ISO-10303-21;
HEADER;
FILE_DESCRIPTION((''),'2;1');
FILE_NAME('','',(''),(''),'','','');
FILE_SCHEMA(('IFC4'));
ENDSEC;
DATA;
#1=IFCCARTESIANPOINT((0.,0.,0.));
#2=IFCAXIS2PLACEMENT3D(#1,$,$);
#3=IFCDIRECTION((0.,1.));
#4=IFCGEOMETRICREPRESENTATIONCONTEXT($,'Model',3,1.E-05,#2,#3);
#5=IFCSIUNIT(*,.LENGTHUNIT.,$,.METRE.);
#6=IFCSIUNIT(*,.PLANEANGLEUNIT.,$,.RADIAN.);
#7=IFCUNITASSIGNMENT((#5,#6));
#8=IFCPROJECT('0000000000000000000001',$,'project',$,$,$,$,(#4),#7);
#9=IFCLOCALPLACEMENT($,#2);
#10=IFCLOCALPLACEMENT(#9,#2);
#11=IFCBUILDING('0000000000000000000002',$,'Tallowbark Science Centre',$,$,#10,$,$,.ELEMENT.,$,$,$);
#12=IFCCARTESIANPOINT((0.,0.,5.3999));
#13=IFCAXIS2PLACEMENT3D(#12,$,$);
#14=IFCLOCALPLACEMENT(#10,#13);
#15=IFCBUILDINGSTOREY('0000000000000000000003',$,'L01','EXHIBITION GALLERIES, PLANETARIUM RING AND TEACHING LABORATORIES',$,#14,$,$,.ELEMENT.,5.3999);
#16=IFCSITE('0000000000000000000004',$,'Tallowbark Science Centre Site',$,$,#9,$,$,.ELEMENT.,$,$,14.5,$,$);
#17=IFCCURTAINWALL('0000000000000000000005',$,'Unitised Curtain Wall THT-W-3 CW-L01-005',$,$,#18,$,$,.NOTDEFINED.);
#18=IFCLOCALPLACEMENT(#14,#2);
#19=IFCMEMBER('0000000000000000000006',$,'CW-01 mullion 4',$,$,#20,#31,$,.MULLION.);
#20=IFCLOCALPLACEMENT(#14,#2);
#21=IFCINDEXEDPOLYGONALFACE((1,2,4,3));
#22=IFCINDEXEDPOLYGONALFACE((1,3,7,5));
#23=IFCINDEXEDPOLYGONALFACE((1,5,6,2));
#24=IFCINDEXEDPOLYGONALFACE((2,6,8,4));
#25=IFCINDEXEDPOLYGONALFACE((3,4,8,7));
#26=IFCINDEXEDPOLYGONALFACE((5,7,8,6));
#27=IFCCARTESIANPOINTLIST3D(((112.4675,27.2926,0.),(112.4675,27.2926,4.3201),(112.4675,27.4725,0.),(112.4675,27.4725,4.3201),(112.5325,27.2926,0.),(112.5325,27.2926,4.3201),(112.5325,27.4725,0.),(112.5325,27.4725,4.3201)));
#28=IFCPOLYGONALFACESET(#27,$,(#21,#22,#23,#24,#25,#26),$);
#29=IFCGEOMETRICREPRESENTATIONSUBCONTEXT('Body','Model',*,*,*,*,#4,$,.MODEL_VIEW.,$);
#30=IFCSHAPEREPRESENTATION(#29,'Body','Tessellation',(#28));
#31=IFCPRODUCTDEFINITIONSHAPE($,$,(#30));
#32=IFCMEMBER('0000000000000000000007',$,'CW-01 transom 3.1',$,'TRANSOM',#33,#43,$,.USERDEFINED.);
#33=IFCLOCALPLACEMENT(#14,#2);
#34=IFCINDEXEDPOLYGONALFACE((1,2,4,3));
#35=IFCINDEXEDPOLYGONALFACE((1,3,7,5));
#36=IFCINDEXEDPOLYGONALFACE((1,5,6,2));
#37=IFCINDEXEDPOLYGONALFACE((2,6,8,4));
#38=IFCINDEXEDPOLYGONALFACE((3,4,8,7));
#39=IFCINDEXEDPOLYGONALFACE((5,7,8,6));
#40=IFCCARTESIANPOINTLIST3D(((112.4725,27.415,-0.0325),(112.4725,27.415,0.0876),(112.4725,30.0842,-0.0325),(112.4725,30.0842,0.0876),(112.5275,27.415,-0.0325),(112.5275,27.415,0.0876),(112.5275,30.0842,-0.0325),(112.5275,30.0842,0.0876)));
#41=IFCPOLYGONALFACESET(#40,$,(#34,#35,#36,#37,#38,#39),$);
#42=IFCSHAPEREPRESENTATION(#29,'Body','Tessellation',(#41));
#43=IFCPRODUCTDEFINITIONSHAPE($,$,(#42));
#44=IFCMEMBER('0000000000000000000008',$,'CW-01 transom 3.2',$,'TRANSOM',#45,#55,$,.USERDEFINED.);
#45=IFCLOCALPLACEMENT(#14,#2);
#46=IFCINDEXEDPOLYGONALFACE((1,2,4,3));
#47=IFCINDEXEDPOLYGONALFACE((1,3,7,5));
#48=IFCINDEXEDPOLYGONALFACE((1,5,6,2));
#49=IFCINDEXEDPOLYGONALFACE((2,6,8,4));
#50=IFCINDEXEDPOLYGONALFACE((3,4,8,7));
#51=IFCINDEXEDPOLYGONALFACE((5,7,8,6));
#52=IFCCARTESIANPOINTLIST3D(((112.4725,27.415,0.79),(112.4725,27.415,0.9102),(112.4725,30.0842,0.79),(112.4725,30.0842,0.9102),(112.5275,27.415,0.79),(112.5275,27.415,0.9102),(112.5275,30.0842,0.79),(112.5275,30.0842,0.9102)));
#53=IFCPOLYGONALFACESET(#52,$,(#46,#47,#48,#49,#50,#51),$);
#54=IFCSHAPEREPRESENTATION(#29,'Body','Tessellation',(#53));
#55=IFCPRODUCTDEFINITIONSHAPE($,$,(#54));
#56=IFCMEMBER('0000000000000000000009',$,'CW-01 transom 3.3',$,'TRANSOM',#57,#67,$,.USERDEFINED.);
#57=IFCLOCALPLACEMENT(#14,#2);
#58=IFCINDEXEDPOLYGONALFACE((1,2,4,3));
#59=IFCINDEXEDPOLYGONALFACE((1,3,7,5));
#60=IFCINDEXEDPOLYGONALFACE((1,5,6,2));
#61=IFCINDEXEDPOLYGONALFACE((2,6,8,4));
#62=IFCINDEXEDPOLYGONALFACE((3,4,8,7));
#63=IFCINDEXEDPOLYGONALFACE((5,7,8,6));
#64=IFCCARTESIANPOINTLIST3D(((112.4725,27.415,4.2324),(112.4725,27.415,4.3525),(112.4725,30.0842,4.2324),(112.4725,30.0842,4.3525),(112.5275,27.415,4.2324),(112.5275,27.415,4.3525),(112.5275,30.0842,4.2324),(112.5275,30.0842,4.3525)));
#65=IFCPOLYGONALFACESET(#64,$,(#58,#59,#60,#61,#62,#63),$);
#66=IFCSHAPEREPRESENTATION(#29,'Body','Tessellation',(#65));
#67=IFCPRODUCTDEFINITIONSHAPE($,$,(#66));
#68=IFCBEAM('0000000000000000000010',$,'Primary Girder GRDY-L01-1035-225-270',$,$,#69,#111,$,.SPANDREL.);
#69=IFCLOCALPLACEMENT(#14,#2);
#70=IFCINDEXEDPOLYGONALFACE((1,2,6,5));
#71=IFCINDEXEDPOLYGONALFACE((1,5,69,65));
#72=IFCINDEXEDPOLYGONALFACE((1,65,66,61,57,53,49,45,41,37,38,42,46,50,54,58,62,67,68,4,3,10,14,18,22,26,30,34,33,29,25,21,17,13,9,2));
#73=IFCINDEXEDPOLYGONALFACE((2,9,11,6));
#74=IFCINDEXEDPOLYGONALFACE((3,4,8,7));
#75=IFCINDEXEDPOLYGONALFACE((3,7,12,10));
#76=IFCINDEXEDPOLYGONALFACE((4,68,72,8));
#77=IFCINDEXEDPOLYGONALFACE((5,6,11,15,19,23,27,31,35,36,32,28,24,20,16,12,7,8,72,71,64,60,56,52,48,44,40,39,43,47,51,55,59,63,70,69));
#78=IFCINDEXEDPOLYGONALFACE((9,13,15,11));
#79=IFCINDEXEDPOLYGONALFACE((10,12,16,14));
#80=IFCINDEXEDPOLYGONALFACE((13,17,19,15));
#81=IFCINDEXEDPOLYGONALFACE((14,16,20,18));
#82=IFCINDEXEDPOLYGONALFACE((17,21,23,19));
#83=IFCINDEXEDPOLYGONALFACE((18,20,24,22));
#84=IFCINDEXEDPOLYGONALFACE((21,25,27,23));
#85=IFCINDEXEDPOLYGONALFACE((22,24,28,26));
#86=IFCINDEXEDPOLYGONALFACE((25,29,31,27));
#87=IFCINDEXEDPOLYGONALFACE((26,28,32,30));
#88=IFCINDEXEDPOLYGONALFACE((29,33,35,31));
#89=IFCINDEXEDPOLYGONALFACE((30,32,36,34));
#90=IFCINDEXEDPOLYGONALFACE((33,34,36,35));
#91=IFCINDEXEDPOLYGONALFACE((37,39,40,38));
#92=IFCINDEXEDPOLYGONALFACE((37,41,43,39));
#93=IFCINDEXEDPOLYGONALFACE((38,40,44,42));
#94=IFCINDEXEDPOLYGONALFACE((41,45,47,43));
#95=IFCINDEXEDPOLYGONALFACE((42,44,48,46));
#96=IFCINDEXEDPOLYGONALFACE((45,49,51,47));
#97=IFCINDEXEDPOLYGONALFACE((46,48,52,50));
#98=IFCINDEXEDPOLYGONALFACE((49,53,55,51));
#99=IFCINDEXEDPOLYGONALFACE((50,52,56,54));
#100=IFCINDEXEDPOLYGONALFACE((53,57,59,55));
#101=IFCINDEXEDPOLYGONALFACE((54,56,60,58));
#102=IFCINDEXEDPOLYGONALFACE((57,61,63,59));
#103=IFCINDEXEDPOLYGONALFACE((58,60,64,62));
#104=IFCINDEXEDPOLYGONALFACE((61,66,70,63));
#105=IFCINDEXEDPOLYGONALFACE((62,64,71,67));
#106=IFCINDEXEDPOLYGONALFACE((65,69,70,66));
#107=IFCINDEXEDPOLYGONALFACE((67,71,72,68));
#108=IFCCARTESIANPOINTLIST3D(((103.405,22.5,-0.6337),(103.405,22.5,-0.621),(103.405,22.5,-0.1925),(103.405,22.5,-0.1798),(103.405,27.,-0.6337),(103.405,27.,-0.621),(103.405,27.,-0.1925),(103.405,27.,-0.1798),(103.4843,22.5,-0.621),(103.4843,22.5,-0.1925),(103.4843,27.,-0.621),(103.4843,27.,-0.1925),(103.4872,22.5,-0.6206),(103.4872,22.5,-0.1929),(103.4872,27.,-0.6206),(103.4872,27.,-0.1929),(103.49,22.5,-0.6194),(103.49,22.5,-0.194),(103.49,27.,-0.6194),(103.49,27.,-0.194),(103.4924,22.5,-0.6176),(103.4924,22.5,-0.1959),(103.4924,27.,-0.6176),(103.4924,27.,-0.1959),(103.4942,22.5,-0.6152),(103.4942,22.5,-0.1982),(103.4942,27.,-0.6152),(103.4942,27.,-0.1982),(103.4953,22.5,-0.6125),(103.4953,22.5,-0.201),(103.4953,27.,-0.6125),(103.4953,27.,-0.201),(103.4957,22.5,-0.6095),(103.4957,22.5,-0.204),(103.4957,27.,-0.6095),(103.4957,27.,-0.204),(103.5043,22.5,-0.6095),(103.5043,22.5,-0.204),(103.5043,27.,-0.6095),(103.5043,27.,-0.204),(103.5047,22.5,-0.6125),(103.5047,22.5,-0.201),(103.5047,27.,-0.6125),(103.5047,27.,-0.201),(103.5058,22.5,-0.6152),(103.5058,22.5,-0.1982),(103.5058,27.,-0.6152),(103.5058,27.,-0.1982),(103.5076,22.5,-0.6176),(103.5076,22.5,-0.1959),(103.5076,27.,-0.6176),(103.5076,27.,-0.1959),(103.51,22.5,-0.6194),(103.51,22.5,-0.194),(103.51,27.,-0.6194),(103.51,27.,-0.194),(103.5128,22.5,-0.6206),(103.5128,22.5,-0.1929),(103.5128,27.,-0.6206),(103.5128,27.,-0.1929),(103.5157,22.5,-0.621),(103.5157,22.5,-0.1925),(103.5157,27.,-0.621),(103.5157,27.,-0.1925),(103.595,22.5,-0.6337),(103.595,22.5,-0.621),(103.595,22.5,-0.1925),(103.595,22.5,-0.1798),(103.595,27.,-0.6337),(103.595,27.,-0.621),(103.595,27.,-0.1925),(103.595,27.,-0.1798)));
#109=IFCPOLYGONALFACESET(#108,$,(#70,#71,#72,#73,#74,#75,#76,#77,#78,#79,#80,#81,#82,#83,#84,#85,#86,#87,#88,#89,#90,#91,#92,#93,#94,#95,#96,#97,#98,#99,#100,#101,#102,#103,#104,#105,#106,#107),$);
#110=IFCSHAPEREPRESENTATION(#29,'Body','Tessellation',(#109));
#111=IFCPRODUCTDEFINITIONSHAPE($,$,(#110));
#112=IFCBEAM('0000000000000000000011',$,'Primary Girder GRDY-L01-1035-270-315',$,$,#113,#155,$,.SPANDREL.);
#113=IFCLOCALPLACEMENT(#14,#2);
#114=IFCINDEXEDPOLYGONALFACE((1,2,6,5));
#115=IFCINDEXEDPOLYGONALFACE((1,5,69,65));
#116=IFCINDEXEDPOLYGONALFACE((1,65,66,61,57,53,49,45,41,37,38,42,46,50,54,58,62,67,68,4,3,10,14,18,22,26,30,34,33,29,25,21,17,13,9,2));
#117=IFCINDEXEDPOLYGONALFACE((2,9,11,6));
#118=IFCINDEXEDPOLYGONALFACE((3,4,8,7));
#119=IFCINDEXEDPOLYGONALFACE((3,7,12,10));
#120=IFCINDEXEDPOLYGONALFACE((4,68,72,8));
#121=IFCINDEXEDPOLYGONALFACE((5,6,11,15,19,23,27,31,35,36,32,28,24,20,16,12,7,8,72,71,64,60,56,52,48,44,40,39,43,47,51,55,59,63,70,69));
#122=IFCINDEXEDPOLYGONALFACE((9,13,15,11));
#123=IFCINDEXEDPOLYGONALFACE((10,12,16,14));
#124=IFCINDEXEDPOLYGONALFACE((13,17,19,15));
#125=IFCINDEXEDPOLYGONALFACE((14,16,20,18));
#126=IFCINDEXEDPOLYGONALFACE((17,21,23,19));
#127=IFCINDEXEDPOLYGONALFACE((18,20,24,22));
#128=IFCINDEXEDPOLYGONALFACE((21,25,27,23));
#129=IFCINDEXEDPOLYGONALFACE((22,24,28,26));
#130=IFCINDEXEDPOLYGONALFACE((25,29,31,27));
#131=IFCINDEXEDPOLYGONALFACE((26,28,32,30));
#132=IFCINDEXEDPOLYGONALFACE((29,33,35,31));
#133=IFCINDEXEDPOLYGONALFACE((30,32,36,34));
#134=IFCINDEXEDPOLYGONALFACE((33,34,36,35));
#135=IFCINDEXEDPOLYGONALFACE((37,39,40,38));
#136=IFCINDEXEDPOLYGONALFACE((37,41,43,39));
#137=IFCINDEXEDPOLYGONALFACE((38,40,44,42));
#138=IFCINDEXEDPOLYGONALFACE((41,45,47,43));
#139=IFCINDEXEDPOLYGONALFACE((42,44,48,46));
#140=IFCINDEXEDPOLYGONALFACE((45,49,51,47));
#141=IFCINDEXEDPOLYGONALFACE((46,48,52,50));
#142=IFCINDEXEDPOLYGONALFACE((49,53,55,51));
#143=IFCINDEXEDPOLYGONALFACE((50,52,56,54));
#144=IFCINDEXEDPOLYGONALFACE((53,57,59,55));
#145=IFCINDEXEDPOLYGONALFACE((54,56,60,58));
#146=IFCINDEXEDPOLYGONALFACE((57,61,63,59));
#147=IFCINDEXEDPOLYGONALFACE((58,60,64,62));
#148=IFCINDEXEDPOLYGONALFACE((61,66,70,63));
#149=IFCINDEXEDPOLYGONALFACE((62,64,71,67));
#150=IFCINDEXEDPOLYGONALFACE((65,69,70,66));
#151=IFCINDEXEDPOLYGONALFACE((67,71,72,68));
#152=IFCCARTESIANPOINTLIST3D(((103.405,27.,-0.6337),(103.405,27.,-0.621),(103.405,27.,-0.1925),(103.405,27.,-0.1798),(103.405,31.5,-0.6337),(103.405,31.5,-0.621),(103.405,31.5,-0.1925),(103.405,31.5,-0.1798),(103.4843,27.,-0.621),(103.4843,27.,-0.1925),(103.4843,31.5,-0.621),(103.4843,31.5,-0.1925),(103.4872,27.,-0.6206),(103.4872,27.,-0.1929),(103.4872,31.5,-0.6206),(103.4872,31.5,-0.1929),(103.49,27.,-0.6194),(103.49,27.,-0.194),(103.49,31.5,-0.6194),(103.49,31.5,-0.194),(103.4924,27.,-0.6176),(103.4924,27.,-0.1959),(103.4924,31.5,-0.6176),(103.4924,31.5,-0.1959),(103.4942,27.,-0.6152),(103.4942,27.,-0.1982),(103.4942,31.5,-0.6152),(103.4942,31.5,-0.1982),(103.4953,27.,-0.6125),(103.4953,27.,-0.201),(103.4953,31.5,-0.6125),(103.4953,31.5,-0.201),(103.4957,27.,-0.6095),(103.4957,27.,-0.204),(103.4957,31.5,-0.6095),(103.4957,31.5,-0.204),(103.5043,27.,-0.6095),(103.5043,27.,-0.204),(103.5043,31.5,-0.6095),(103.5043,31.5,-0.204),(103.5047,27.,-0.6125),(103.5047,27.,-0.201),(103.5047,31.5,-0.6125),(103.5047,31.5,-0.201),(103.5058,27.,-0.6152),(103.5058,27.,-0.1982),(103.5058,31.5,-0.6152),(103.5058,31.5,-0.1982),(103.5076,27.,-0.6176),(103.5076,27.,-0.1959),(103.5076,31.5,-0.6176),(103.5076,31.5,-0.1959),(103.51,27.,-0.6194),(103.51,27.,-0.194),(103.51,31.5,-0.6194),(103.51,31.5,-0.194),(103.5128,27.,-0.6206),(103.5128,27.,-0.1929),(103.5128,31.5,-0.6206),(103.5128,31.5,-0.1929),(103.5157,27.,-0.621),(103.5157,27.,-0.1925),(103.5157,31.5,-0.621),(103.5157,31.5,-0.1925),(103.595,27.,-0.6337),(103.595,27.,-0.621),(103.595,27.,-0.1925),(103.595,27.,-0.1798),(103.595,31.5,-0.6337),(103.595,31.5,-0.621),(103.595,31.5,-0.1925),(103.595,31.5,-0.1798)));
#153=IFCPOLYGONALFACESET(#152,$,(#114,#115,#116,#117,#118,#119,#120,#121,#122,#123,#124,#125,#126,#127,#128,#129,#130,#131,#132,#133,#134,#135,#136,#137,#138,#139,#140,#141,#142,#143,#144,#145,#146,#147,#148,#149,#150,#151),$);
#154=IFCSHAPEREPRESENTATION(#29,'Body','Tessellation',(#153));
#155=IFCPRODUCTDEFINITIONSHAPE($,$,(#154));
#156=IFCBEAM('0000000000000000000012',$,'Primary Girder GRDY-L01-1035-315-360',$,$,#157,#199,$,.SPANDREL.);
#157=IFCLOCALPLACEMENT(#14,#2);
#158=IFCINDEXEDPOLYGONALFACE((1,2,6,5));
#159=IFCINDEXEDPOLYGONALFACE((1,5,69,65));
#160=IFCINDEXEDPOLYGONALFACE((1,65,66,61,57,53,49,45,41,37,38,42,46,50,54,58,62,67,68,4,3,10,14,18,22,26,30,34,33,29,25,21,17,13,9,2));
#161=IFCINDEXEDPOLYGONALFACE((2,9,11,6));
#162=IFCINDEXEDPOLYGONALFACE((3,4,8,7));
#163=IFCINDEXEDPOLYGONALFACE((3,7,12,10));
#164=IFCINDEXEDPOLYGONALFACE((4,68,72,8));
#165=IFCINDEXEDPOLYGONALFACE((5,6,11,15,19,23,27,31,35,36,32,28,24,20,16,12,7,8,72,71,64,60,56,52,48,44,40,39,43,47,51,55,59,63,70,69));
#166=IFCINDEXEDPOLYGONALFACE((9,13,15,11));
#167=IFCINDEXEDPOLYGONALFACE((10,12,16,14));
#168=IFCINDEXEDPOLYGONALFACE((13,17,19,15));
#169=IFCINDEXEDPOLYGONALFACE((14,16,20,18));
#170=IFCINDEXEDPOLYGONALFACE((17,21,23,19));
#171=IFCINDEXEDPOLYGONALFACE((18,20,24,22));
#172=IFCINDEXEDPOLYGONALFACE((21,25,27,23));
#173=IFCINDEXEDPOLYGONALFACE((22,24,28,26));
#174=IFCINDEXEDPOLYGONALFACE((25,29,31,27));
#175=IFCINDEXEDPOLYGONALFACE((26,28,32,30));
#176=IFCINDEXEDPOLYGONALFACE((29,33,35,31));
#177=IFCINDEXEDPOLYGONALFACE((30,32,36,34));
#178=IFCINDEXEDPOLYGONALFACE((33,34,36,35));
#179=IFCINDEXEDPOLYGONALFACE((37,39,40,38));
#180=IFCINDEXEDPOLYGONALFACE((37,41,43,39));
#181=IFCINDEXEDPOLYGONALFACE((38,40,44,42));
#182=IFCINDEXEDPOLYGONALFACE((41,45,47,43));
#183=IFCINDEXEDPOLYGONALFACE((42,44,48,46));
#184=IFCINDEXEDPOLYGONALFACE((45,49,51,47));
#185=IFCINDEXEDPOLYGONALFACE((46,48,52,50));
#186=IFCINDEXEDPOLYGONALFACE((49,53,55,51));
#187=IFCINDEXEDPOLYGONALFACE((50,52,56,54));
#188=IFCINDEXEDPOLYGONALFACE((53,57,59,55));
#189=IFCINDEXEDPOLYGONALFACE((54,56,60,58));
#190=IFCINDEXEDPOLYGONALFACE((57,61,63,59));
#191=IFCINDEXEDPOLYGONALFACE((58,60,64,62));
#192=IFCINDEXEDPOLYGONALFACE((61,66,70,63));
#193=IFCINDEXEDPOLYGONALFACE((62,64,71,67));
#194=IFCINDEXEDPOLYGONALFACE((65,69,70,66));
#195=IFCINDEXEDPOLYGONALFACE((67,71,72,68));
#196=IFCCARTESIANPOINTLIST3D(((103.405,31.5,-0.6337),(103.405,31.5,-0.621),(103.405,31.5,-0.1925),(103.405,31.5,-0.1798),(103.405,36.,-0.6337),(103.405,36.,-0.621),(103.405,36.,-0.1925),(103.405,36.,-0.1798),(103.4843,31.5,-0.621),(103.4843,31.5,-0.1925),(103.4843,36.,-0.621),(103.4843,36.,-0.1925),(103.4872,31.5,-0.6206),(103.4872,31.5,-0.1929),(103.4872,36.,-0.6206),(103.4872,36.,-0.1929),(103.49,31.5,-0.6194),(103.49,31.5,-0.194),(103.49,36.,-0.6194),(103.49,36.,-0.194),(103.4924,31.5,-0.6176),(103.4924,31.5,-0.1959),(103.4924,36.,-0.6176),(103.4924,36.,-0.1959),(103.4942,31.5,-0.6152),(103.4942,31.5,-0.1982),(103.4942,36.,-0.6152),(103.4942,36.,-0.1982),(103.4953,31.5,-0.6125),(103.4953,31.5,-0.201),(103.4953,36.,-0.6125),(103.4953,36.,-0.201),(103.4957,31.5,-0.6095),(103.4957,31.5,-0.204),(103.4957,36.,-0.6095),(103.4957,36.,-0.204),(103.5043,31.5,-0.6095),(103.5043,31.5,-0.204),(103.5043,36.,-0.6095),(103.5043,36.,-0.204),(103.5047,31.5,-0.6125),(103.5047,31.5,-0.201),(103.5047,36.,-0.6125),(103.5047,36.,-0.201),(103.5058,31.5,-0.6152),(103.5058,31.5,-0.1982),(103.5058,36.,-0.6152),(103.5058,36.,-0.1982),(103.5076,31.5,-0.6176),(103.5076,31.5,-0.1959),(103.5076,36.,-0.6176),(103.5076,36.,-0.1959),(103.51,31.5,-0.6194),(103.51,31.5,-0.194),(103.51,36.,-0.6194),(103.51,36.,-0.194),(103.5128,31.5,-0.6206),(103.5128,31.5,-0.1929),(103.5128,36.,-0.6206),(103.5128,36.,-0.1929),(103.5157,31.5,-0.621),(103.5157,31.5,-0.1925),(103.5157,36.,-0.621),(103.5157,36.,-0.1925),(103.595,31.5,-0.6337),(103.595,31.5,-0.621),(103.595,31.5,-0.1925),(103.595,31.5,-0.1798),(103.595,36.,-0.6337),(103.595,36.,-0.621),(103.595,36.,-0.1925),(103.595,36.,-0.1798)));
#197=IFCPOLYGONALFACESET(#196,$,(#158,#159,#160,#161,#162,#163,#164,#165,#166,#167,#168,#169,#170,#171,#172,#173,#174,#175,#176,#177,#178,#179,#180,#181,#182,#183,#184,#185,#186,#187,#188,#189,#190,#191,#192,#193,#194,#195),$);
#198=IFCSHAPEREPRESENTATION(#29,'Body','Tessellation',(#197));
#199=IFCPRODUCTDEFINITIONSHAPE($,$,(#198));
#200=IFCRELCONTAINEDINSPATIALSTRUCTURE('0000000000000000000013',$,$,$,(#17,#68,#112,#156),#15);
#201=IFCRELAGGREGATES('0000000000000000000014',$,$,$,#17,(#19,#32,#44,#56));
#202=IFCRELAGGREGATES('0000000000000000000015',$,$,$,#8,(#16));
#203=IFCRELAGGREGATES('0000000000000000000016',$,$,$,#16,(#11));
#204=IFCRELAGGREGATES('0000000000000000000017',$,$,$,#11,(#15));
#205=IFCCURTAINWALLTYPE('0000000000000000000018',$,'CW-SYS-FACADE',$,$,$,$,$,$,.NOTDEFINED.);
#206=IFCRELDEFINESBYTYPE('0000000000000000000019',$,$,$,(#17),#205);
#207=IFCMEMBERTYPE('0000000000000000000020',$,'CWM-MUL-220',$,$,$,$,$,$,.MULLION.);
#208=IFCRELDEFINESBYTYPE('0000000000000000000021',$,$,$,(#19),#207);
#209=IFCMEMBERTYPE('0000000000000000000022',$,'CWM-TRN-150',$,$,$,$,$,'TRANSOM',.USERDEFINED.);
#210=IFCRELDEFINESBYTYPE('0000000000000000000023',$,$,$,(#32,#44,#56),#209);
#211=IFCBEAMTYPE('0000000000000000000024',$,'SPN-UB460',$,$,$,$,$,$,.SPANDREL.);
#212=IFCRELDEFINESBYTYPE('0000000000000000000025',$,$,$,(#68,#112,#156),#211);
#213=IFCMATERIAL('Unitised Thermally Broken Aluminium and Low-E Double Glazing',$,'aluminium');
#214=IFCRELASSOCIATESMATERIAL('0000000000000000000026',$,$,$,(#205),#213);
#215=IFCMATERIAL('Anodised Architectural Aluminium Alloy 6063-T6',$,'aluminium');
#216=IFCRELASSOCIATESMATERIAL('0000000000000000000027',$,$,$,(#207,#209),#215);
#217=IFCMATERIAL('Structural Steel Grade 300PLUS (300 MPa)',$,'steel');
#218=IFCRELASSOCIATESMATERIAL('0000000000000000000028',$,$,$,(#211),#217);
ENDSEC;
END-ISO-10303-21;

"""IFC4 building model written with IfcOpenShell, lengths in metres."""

from ifc_helpers import new_model, si_unit, direction, frame, origin, origin_2d, place, context, subcontext, project, spatial, rectangle, i_section, extrude, material, material_profile, profile_set, type_object, element, aggregate, save


model = new_model("IFC4")

# Units and contexts
model_context = context("Model", 3, precision=1e-05, world=origin(), true_north=direction((0.0, 1.0)))
body_context = subcontext(model_context, "Body", "Model", "MODEL_VIEW")
ifc_project = project(units=[si_unit("LENGTHUNIT", "METRE"), si_unit("PLANEANGLEUNIT", "RADIAN")], contexts=[model_context])

# Site, building, storey
site_placement = place(None, origin())
site = spatial("IfcSite", under=ifc_project, at=site_placement, Name="Tallowbark Science Centre Site", CompositionType="ELEMENT", RefElevation=14.5)
building_placement = place(site_placement, origin())
building = spatial("IfcBuilding", under=site, at=building_placement, Name="Tallowbark Science Centre", CompositionType="ELEMENT")
storey_placement = place(building_placement, frame((0.0, 0.0, 5.3999)))
storey = spatial("IfcBuildingStorey", under=building, at=storey_placement, Name="L01", Description="EXHIBITION GALLERIES, PLANETARIUM RING AND TEACHING LABORATORIES", CompositionType="ELEMENT", Elevation=5.3999)

# Shared definitions
ifc_material_1 = material(Name="Structural Steel Grade 300PLUS (300 MPa)", Category="steel")

# Curtain wall, members
ifc_material_2 = material(Name="Unitised Thermally Broken Aluminium and Low-E Double Glazing", Category="aluminium")
curtain_wall_type = type_object("IfcCurtainWallType", Name="CW-SYS-FACADE", PredefinedType="NOTDEFINED", material=ifc_material_2)
curtain_wall_placement = place(storey_placement, origin())
curtain_wall = element("IfcCurtainWall", 1, at=curtain_wall_placement, inside=storey, type_object=curtain_wall_type, Name="Unitised Curtain Wall THT-W-3 CW-L01-005", PredefinedType="NOTDEFINED")
ifc_material_3 = material(Name="Anodised Architectural Aluminium Alloy 6063-T6", Category="aluminium")
ifc_material_profile_1 = material_profile(ifc_material_3, rectangle(XDim=0.0649, YDim=0.1799, at=origin_2d()), Name="ALU65x180")
ifc_profile_set_1 = profile_set([ifc_material_profile_1], Name="Anodised Architectural Aluminium Alloy 6063-T6")
member_type_1 = type_object("IfcMemberType", Name="CWM-MUL-220", PredefinedType="MULLION", material=ifc_profile_set_1)
member_1_placement = place(storey_placement, frame((112.5, 27.3826, 0.0), z_axis=(0.0, 0.0, 1.0), x_axis=(1.0, 0.0, 0.0)))
member_1 = element("IfcMember", 2, at=member_1_placement, type_object=member_type_1, Name="CW-01 mullion 4", PredefinedType="MULLION", context=body_context, shape_type="SweptSolid", body=[
    extrude(rectangle(XDim=0.0649, YDim=0.1799, at=origin_2d()), origin(), (0.0, 0.0, 1.0), 4.3201),
])
ifc_material_profile_2 = material_profile(ifc_material_3, rectangle(XDim=0.0549, YDim=0.1201, at=origin_2d()), Name="ALU55x120")
ifc_profile_set_2 = profile_set([ifc_material_profile_2], Name="Anodised Architectural Aluminium Alloy 6063-T6")
member_type_2 = type_object("IfcMemberType", Name="CWM-TRN-150", ElementType="TRANSOM", PredefinedType="USERDEFINED", material=ifc_profile_set_2)
member_2_placement = place(storey_placement, frame((112.5, 30.0842, 0.0276), z_axis=(0.0, -1.0, 0.0), x_axis=(1.0, 0.0, 0.0)))
member_2 = element("IfcMember", 3, at=member_2_placement, type_object=member_type_2, Name="CW-01 transom 3.1", ObjectType="TRANSOM", PredefinedType="USERDEFINED", context=body_context, shape_type="SweptSolid", body=[
    extrude(rectangle(XDim=0.0549, YDim=0.1201, at=origin_2d()), origin(), (0.0, 0.0, 1.0), 2.6692),
])
member_3_placement = place(storey_placement, frame((112.5, 30.0842, 0.8501), z_axis=(0.0, -1.0, 0.0), x_axis=(1.0, 0.0, 0.0)))
member_3 = element("IfcMember", 4, at=member_3_placement, type_object=member_type_2, Name="CW-01 transom 3.2", ObjectType="TRANSOM", PredefinedType="USERDEFINED", context=body_context, shape_type="SweptSolid", body=[
    extrude(rectangle(XDim=0.0549, YDim=0.1201, at=origin_2d()), origin(), (0.0, 0.0, 1.0), 2.6692),
])
member_4_placement = place(storey_placement, frame((112.5, 30.0842, 4.2925), z_axis=(0.0, -1.0, 0.0), x_axis=(1.0, 0.0, 0.0)))
member_4 = element("IfcMember", 5, at=member_4_placement, type_object=member_type_2, Name="CW-01 transom 3.3", ObjectType="TRANSOM", PredefinedType="USERDEFINED", context=body_context, shape_type="SweptSolid", body=[
    extrude(rectangle(XDim=0.0549, YDim=0.1201, at=origin_2d()), origin(), (0.0, 0.0, 1.0), 2.6692),
])

# Beams
ifc_material_profile_3 = material_profile(ifc_material_1, i_section(OverallWidth=0.1899, OverallDepth=0.4539, WebThickness=0.0085, FlangeThickness=0.0127, FilletRadius=0.0115, at=origin_2d()), Name="460UB67.1")
ifc_profile_set_3 = profile_set([ifc_material_profile_3], Name="Structural Steel Grade 300PLUS (300 MPa)")
beam_type_1 = type_object("IfcBeamType", Name="SPN-UB460", PredefinedType="SPANDREL", material=ifc_profile_set_3)
for number, where, z_axis, x_axis, name in (
    (6, (103.5, 22.5, -0.4067), (0.0, 1.0, 0.0), (-1.0, 0.0, 0.0), "Primary Girder GRDY-L01-1035-225-270"),
    (7, (103.5, 27.0, -0.4067), (0.0, 1.0, 0.0), (-1.0, 0.0, 0.0), "Primary Girder GRDY-L01-1035-270-315"),
    (8, (103.5, 31.5, -0.4067), (0.0, 1.0, 0.0), (-1.0, 0.0, 0.0), "Primary Girder GRDY-L01-1035-315-360"),
):
    element("IfcBeam", number, at=place(storey_placement, frame(where, z_axis=z_axis, x_axis=x_axis)), inside=storey, type_object=beam_type_1, Name=name, PredefinedType="SPANDREL", context=body_context, shape_type="SweptSolid", body=[
        extrude(i_section(OverallWidth=0.1899, OverallDepth=0.4539, WebThickness=0.0085, FlangeThickness=0.0127, FilletRadius=0.0115, at=origin_2d()), origin(), (0.0, 0.0, 1.0), 4.5),
    ])

aggregate(curtain_wall, [member_1, member_2, member_3, member_4])

save(model, "model.ifc")
